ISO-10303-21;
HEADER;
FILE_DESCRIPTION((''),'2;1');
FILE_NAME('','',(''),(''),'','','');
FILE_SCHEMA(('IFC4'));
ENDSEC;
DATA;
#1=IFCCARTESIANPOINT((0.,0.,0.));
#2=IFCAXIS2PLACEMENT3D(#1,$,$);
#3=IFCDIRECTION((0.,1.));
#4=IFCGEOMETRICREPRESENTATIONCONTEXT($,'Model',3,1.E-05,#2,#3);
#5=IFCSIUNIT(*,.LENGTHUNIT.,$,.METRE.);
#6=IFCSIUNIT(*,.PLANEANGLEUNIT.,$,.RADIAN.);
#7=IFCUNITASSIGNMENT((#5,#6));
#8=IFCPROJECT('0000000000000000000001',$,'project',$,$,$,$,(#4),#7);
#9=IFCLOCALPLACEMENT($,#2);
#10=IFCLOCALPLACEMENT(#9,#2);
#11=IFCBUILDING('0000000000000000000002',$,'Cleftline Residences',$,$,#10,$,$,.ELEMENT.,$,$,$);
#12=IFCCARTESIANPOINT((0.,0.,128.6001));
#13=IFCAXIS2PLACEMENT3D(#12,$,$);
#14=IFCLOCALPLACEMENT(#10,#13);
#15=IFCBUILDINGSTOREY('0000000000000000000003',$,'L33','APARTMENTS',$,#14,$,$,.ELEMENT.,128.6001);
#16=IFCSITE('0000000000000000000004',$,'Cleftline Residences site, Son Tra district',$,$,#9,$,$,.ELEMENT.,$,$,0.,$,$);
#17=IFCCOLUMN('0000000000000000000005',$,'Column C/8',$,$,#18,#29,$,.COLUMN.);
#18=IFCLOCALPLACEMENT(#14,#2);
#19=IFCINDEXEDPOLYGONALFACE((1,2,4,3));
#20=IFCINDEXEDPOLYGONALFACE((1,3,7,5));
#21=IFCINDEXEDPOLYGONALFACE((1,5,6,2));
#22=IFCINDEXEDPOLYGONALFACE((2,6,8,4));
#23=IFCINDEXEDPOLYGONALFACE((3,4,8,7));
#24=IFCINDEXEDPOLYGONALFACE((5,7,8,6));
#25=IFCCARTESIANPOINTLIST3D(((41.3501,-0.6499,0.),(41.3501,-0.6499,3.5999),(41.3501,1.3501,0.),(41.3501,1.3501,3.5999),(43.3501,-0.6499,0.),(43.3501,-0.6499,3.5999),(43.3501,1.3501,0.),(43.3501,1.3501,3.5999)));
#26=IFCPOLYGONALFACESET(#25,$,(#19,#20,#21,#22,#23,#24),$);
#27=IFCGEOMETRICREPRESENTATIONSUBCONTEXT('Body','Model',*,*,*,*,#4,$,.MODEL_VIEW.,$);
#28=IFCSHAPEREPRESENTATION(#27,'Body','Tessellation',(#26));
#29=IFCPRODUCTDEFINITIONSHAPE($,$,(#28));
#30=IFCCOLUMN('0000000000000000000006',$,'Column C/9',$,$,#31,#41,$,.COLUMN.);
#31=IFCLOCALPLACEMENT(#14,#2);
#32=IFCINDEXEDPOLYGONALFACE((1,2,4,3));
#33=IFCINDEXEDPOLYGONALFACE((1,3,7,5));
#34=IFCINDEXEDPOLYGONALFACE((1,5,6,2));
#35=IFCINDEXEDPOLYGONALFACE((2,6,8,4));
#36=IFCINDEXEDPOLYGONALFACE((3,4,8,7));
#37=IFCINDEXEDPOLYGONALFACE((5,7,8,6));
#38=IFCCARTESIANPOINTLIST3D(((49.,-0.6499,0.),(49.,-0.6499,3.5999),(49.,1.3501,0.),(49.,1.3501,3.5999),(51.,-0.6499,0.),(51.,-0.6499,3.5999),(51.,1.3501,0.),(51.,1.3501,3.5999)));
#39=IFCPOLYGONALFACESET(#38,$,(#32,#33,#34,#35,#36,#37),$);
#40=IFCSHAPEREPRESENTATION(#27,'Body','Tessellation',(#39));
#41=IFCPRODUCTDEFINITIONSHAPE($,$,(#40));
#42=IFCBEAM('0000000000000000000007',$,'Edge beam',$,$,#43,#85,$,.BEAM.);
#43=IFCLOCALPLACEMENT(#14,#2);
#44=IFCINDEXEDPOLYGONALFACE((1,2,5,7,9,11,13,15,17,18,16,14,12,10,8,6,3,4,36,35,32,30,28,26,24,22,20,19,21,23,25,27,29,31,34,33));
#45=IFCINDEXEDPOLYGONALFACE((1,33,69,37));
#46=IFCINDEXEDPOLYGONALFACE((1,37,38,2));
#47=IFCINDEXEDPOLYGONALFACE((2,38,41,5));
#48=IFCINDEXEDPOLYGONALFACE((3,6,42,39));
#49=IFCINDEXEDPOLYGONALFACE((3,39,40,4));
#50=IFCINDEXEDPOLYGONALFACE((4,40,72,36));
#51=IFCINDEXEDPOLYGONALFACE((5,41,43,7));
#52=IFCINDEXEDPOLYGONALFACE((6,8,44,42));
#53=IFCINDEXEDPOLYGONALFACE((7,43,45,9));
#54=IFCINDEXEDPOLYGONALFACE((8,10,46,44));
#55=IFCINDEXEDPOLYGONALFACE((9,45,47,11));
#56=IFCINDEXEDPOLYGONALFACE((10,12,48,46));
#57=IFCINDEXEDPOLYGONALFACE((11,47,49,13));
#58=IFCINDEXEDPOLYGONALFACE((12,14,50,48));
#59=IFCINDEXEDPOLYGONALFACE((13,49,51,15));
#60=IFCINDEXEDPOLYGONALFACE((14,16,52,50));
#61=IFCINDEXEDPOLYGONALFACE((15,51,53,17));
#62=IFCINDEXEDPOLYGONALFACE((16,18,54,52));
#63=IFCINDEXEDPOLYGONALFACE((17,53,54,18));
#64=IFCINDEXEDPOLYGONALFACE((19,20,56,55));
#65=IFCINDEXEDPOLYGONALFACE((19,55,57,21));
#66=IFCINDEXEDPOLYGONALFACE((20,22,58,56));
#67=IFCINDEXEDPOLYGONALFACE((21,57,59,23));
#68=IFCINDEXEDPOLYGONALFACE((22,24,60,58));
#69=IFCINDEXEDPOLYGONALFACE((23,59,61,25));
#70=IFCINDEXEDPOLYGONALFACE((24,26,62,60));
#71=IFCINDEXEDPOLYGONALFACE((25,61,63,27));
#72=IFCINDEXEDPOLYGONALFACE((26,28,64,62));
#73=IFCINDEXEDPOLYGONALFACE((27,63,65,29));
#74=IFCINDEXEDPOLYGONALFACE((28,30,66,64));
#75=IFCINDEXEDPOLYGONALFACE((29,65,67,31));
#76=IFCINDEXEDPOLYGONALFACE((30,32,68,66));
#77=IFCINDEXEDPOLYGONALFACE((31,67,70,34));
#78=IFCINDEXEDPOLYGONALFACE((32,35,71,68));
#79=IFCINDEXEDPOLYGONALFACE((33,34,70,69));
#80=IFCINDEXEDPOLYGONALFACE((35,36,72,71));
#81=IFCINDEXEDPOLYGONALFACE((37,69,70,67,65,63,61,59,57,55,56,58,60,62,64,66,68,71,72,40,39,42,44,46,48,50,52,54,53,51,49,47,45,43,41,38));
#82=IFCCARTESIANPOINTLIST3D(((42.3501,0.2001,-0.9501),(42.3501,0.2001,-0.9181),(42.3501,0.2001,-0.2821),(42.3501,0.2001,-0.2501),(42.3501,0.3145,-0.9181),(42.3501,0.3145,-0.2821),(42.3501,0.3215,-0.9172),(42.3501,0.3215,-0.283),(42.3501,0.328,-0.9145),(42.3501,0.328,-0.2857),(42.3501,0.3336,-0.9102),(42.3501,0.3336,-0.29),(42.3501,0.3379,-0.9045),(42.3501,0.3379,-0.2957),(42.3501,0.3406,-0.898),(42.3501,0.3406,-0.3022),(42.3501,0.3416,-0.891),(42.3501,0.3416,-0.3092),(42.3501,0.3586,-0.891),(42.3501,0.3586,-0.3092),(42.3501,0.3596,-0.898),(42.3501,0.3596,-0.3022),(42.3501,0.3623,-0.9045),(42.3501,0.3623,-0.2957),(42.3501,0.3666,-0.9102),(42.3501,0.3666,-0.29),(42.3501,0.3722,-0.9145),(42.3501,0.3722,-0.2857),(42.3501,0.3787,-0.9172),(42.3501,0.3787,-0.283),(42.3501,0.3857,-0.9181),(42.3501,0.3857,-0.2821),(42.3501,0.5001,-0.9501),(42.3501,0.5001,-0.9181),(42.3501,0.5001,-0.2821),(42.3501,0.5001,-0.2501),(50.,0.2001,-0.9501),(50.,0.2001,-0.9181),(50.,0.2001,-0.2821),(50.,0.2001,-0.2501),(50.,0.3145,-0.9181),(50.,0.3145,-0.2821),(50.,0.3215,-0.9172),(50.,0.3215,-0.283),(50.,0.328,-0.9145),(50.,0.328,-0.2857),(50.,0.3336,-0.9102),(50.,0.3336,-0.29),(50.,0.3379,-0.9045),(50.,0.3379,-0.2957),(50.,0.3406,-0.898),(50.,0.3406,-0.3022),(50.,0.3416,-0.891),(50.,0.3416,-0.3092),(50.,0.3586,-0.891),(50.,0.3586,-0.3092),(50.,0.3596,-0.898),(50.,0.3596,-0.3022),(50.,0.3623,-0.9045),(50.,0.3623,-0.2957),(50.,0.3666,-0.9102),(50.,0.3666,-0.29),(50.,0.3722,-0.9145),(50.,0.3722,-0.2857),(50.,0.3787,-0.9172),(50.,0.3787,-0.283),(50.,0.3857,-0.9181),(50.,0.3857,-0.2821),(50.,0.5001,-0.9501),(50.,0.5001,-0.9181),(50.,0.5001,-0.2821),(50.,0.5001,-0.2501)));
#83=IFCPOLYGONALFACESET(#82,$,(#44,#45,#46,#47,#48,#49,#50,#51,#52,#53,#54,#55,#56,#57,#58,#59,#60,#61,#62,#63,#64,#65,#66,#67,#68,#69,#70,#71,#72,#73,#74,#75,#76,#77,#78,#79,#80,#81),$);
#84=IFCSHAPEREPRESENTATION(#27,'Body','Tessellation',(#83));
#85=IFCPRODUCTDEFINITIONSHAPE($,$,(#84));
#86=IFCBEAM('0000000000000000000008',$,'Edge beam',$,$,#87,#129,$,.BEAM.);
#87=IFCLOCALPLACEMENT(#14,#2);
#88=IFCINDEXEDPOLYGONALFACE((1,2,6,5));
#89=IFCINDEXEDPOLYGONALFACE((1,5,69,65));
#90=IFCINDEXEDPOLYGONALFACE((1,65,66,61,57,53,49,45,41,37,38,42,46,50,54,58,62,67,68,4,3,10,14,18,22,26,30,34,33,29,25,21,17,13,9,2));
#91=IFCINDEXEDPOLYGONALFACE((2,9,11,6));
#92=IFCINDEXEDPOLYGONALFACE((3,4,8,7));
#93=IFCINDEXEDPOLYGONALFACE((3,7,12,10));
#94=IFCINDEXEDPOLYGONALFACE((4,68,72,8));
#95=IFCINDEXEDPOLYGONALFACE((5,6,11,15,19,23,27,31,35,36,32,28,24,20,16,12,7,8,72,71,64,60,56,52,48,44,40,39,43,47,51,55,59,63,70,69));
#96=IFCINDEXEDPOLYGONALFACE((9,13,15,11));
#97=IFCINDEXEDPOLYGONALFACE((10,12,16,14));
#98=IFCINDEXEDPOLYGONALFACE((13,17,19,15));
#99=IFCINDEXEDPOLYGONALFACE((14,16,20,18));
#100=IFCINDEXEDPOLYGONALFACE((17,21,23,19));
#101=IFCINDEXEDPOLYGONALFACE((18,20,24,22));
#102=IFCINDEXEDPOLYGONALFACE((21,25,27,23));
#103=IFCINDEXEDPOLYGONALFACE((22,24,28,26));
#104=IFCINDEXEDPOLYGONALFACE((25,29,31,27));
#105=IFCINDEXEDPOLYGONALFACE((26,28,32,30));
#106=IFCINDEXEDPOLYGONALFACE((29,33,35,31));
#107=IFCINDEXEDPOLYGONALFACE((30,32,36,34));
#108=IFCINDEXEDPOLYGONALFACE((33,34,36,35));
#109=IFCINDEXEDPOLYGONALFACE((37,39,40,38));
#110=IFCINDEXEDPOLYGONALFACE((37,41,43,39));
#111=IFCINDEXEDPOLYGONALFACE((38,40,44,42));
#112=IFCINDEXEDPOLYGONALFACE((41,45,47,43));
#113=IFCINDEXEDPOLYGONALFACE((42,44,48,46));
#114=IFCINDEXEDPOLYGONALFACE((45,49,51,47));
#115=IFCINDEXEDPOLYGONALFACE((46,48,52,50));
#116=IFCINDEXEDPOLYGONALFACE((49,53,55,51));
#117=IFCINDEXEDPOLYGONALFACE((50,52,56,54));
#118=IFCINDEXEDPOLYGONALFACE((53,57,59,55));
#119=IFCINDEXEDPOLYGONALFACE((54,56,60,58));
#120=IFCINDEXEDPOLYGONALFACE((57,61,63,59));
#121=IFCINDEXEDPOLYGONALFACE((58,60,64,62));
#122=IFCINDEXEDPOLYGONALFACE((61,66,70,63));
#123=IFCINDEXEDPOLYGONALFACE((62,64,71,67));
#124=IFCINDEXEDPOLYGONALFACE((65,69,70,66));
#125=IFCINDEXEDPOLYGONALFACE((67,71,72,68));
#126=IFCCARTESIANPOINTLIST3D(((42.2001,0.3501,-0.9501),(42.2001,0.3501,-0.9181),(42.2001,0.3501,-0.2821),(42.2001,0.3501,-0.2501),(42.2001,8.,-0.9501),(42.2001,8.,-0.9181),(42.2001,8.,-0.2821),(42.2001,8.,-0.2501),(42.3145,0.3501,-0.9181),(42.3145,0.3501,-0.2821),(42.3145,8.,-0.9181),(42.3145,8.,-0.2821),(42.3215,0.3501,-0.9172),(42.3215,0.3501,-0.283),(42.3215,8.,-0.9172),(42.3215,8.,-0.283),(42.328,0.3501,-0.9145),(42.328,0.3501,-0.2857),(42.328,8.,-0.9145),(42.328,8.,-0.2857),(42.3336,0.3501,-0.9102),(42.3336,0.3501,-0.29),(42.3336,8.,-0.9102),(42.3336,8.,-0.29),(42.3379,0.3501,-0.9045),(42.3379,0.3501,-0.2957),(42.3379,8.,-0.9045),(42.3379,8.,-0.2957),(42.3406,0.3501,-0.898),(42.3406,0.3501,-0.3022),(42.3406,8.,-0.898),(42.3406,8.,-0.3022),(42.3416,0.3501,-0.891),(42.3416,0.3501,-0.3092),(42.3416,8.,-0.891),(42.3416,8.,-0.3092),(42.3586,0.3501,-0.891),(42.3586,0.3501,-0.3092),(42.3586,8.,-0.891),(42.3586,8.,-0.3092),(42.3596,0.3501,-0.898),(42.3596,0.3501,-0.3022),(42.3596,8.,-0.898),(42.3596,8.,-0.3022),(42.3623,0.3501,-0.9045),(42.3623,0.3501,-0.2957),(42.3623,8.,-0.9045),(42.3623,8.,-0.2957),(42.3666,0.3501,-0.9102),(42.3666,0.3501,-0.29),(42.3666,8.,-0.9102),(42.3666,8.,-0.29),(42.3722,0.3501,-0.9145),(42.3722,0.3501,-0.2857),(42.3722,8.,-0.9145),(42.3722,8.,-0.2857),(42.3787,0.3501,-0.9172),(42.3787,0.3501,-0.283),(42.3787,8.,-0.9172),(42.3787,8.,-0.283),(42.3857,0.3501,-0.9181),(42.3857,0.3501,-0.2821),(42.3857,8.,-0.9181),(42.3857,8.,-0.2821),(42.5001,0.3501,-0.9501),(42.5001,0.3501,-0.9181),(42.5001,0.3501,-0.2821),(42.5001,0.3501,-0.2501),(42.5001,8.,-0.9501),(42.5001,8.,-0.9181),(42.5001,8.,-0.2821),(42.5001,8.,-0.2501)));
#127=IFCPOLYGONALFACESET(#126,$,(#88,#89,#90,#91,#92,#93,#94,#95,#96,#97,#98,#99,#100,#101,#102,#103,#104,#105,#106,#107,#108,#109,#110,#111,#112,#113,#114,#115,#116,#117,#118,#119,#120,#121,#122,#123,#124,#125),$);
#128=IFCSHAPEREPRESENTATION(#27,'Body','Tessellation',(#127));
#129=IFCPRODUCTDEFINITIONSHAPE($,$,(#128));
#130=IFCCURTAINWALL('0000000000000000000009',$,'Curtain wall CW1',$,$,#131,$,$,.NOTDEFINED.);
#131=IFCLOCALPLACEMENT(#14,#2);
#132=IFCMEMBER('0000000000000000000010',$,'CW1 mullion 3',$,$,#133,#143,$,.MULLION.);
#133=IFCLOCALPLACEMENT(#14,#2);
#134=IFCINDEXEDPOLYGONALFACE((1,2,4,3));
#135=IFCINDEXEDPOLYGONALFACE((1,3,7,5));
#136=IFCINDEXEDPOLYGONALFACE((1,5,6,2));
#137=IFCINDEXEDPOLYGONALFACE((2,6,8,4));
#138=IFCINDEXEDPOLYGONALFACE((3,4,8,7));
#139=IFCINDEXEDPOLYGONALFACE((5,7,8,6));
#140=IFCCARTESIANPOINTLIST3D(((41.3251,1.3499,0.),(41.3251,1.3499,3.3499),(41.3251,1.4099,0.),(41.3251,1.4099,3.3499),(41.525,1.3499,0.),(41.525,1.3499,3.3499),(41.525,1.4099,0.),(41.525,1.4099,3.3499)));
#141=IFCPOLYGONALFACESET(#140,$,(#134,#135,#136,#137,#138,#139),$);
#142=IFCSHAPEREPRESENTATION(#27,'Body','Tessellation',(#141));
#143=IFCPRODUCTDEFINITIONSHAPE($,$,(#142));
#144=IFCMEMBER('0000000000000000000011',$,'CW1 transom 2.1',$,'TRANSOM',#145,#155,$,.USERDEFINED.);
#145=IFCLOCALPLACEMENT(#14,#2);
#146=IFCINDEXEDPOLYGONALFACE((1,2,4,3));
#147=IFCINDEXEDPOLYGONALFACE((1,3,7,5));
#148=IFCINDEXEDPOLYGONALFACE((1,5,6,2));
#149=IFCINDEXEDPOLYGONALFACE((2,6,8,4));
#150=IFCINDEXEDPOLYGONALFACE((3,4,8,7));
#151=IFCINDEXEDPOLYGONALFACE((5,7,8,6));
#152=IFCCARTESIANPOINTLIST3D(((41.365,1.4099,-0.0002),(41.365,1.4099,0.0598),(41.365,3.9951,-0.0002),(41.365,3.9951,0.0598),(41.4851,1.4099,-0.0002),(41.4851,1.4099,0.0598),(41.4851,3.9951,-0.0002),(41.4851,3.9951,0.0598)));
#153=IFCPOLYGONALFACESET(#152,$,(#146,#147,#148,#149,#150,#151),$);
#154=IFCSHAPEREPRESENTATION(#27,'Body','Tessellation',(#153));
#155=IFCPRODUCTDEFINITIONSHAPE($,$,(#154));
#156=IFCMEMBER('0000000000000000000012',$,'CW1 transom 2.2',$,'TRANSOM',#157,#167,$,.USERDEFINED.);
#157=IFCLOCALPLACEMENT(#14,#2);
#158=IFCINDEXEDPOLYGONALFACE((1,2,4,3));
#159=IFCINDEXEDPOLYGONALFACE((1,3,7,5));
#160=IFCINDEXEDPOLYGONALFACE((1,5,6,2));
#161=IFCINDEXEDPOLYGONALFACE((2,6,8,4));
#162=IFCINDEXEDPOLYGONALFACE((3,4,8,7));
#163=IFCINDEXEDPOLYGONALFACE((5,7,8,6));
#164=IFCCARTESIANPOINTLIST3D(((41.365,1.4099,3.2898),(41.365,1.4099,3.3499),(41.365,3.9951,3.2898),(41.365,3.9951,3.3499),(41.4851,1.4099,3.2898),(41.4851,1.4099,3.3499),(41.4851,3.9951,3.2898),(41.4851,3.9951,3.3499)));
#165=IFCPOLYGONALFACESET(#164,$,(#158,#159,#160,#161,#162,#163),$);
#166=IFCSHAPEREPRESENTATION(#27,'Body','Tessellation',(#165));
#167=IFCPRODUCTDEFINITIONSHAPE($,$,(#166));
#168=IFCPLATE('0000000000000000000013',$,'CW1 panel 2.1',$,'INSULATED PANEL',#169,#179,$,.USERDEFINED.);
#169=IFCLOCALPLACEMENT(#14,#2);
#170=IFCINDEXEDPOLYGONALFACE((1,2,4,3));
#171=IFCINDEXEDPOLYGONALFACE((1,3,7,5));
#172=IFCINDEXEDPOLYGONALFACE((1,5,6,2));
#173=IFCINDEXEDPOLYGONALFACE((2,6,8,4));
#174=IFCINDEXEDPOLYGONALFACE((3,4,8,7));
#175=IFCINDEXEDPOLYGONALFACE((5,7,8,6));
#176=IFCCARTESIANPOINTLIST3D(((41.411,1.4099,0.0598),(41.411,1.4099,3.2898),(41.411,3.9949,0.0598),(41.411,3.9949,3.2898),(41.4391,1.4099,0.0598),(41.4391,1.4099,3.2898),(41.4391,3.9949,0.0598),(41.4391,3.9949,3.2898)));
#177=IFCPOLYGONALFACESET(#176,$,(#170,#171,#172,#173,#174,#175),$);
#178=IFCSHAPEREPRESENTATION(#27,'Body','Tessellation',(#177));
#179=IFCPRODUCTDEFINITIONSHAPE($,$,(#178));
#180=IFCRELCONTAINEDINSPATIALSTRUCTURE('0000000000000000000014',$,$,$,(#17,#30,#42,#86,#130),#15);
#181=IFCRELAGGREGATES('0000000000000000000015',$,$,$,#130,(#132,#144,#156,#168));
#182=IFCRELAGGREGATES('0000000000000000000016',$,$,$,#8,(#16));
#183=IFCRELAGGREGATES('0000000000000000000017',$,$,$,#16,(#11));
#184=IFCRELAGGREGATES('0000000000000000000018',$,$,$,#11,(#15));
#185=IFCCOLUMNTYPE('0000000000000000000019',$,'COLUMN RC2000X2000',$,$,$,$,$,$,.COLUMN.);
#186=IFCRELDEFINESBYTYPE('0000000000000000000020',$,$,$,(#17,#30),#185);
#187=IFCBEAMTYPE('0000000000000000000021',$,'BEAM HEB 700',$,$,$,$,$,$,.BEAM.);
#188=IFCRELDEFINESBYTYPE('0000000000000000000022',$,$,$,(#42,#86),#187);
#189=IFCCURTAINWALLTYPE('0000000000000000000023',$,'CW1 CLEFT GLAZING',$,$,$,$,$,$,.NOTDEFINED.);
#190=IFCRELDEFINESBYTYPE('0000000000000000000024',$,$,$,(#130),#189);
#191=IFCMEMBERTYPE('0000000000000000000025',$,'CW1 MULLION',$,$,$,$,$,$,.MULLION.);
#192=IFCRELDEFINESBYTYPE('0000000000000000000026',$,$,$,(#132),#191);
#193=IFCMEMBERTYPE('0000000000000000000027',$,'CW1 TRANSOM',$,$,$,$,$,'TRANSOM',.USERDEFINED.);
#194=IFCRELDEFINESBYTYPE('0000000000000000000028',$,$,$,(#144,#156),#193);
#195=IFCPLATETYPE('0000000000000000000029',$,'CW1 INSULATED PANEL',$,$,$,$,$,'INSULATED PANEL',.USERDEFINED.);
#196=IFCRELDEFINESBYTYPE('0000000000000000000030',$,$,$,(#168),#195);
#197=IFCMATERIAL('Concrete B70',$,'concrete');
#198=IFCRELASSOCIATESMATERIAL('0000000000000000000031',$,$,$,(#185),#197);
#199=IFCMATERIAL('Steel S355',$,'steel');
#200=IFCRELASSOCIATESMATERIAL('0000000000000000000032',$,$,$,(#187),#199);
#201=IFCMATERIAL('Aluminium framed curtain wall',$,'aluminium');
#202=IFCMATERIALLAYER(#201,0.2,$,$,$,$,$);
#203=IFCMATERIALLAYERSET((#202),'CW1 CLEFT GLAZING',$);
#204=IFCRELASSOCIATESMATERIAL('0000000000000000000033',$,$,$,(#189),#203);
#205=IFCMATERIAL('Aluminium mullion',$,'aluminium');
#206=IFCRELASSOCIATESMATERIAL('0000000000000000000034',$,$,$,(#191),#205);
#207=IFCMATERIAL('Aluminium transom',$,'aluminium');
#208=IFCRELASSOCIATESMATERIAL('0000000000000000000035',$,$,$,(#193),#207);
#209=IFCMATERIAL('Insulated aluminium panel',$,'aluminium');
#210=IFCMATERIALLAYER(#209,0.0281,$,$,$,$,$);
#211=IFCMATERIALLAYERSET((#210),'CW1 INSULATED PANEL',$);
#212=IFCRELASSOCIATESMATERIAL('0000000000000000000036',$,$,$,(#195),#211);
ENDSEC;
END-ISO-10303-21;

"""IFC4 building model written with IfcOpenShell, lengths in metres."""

from ifc_helpers import new_model, si_unit, direction, frame, origin, origin_2d, place, context, subcontext, project, spatial, rectangle, i_section, extrude, material, layer, layer_set, material_profile, profile_set, type_object, element, aggregate, save


model = new_model("IFC4")

# Units and contexts
model_context = context("Model", 3, precision=1e-05, world=origin(), true_north=direction((0.0, 1.0)))
body_context = subcontext(model_context, "Body", "Model", "MODEL_VIEW")
ifc_project = project(units=[si_unit("LENGTHUNIT", "METRE"), si_unit("PLANEANGLEUNIT", "RADIAN")], contexts=[model_context])

# Site, building, storey
site_placement = place(None, origin())
site = spatial("IfcSite", under=ifc_project, at=site_placement, Name="Cleftline Residences site, Son Tra district", CompositionType="ELEMENT", RefElevation=0.0)
building_placement = place(site_placement, origin())
building = spatial("IfcBuilding", under=site, at=building_placement, Name="Cleftline Residences", CompositionType="ELEMENT")
storey_placement = place(building_placement, frame((0.0, 0.0, 128.6001)))
storey = spatial("IfcBuildingStorey", under=building, at=storey_placement, Name="L33", Description="APARTMENTS", CompositionType="ELEMENT", Elevation=128.6001)

# Columns
ifc_material_1 = material(Name="Concrete B70", Category="concrete")
ifc_material_profile_1 = material_profile(ifc_material_1, rectangle(XDim=2.0, YDim=2.0, at=origin_2d()))
ifc_profile_set_1 = profile_set([ifc_material_profile_1], Name="Concrete B70")
column_type = type_object("IfcColumnType", Name="COLUMN RC2000X2000", PredefinedType="COLUMN", material=ifc_profile_set_1)
for number, where, z_axis, x_axis, name in (
    (1, (42.3501, 0.3501, 0.0), (0.0, 0.0, 1.0), (1.0, 0.0, 0.0), "Column C/8"),
    (2, (50.0, 0.3501, 0.0), (0.0, 0.0, 1.0), (1.0, 0.0, 0.0), "Column C/9"),
):
    element("IfcColumn", number, at=place(storey_placement, frame(where, z_axis=z_axis, x_axis=x_axis)), inside=storey, type_object=column_type, Name=name, PredefinedType="COLUMN", context=body_context, shape_type="SweptSolid", body=[
        extrude(rectangle(XDim=2.0, YDim=2.0, at=origin_2d()), origin(), (0.0, 0.0, 1.0), 3.5999),
    ])

# Beams
ifc_material_2 = material(Name="Steel S355", Category="steel")
ifc_material_profile_2 = material_profile(ifc_material_2, i_section(OverallWidth=0.3, OverallDepth=0.7, WebThickness=0.0171, FlangeThickness=0.032, FilletRadius=0.0271, at=origin_2d()))
ifc_profile_set_2 = profile_set([ifc_material_profile_2], Name="Steel S355")
beam_type = type_object("IfcBeamType", Name="BEAM HEB 700", PredefinedType="BEAM", material=ifc_profile_set_2)
for number, where, z_axis, x_axis, name in (
    (3, (50.0, 0.3501, -0.6001), (-1.0, 0.0, 0.0), (0.0, -1.0, 0.0), "Edge beam"),
    (4, (42.3501, 0.3501, -0.6001), (0.0, 1.0, 0.0), (-1.0, 0.0, 0.0), "Edge beam"),
):
    element("IfcBeam", number, at=place(storey_placement, frame(where, z_axis=z_axis, x_axis=x_axis)), inside=storey, type_object=beam_type, Name=name, PredefinedType="BEAM", context=body_context, shape_type="SweptSolid", body=[
        extrude(i_section(OverallWidth=0.3, OverallDepth=0.7, WebThickness=0.0171, FlangeThickness=0.032, FilletRadius=0.0271, at=origin_2d()), origin(), (0.0, 0.0, 1.0), 7.6499),
    ])

# Curtain wall, members, plate
ifc_material_3 = material(Name="Aluminium framed curtain wall", Category="aluminium")
ifc_layer_1 = layer(ifc_material_3, 0.2)
ifc_layer_set_1 = layer_set([ifc_layer_1], Name="CW1 CLEFT GLAZING")
curtain_wall_type = type_object("IfcCurtainWallType", Name="CW1 CLEFT GLAZING", PredefinedType="NOTDEFINED", material=ifc_layer_set_1)
curtain_wall_placement = place(storey_placement, origin())
curtain_wall = element("IfcCurtainWall", 5, at=curtain_wall_placement, inside=storey, type_object=curtain_wall_type, Name="Curtain wall CW1", PredefinedType="NOTDEFINED")
ifc_material_4 = material(Name="Aluminium mullion", Category="aluminium")
ifc_material_profile_3 = material_profile(ifc_material_4, rectangle(XDim=0.2, YDim=0.0601, at=origin_2d()))
ifc_profile_set_3 = profile_set([ifc_material_profile_3], Name="Aluminium mullion")
member_type_1 = type_object("IfcMemberType", Name="CW1 MULLION", PredefinedType="MULLION", material=ifc_profile_set_3)
member_1_placement = place(storey_placement, frame((41.425, 1.3799, 0.0), z_axis=(0.0, 0.0, 1.0), x_axis=(1.0, 0.0, 0.0)))
member_1 = element("IfcMember", 6, at=member_1_placement, type_object=member_type_1, Name="CW1 mullion 3", PredefinedType="MULLION", context=body_context, shape_type="SweptSolid", body=[
    extrude(rectangle(XDim=0.2, YDim=0.0601, at=origin_2d()), origin(), (0.0, 0.0, 1.0), 3.3499),
])
ifc_material_5 = material(Name="Aluminium transom", Category="aluminium")
ifc_material_profile_4 = material_profile(ifc_material_5, rectangle(XDim=0.1201, YDim=0.0601, at=origin_2d()))
ifc_profile_set_4 = profile_set([ifc_material_profile_4], Name="Aluminium transom")
member_type_2 = type_object("IfcMemberType", Name="CW1 TRANSOM", ElementType="TRANSOM", PredefinedType="USERDEFINED", material=ifc_profile_set_4)
member_2_placement = place(storey_placement, frame((41.425, 3.9951, 0.0298), z_axis=(0.0, -1.0, 0.0), x_axis=(1.0, 0.0, 0.0)))
member_2 = element("IfcMember", 7, at=member_2_placement, type_object=member_type_2, Name="CW1 transom 2.1", ObjectType="TRANSOM", PredefinedType="USERDEFINED", context=body_context, shape_type="SweptSolid", body=[
    extrude(rectangle(XDim=0.1201, YDim=0.0601, at=origin_2d()), origin(), (0.0, 0.0, 1.0), 2.5852),
])
member_3_placement = place(storey_placement, frame((41.425, 3.9951, 3.3198), z_axis=(0.0, -1.0, 0.0), x_axis=(1.0, 0.0, 0.0)))
member_3 = element("IfcMember", 8, at=member_3_placement, type_object=member_type_2, Name="CW1 transom 2.2", ObjectType="TRANSOM", PredefinedType="USERDEFINED", context=body_context, shape_type="SweptSolid", body=[
    extrude(rectangle(XDim=0.1201, YDim=0.0601, at=origin_2d()), origin(), (0.0, 0.0, 1.0), 2.5852),
])
ifc_material_6 = material(Name="Insulated aluminium panel", Category="aluminium")
ifc_layer_2 = layer(ifc_material_6, 0.0281)
ifc_layer_set_2 = layer_set([ifc_layer_2], Name="CW1 INSULATED PANEL")
plate_type = type_object("IfcPlateType", Name="CW1 INSULATED PANEL", ElementType="INSULATED PANEL", PredefinedType="USERDEFINED", material=ifc_layer_set_2)
plate_placement = place(storey_placement, frame((41.425, 2.7024, 0.0598), z_axis=(0.0, 0.0, 1.0), x_axis=(0.0, -1.0, 0.0)))
plate = element("IfcPlate", 9, at=plate_placement, type_object=plate_type, Name="CW1 panel 2.1", ObjectType="INSULATED PANEL", PredefinedType="USERDEFINED", context=body_context, shape_type="SweptSolid", body=[
    extrude(rectangle(XDim=2.585, YDim=0.0281, at=origin_2d()), origin(), (0.0, 0.0, 1.0), 3.23),
])
aggregate(curtain_wall, [member_1, member_2, member_3, plate])

save(model, "model.ifc")
